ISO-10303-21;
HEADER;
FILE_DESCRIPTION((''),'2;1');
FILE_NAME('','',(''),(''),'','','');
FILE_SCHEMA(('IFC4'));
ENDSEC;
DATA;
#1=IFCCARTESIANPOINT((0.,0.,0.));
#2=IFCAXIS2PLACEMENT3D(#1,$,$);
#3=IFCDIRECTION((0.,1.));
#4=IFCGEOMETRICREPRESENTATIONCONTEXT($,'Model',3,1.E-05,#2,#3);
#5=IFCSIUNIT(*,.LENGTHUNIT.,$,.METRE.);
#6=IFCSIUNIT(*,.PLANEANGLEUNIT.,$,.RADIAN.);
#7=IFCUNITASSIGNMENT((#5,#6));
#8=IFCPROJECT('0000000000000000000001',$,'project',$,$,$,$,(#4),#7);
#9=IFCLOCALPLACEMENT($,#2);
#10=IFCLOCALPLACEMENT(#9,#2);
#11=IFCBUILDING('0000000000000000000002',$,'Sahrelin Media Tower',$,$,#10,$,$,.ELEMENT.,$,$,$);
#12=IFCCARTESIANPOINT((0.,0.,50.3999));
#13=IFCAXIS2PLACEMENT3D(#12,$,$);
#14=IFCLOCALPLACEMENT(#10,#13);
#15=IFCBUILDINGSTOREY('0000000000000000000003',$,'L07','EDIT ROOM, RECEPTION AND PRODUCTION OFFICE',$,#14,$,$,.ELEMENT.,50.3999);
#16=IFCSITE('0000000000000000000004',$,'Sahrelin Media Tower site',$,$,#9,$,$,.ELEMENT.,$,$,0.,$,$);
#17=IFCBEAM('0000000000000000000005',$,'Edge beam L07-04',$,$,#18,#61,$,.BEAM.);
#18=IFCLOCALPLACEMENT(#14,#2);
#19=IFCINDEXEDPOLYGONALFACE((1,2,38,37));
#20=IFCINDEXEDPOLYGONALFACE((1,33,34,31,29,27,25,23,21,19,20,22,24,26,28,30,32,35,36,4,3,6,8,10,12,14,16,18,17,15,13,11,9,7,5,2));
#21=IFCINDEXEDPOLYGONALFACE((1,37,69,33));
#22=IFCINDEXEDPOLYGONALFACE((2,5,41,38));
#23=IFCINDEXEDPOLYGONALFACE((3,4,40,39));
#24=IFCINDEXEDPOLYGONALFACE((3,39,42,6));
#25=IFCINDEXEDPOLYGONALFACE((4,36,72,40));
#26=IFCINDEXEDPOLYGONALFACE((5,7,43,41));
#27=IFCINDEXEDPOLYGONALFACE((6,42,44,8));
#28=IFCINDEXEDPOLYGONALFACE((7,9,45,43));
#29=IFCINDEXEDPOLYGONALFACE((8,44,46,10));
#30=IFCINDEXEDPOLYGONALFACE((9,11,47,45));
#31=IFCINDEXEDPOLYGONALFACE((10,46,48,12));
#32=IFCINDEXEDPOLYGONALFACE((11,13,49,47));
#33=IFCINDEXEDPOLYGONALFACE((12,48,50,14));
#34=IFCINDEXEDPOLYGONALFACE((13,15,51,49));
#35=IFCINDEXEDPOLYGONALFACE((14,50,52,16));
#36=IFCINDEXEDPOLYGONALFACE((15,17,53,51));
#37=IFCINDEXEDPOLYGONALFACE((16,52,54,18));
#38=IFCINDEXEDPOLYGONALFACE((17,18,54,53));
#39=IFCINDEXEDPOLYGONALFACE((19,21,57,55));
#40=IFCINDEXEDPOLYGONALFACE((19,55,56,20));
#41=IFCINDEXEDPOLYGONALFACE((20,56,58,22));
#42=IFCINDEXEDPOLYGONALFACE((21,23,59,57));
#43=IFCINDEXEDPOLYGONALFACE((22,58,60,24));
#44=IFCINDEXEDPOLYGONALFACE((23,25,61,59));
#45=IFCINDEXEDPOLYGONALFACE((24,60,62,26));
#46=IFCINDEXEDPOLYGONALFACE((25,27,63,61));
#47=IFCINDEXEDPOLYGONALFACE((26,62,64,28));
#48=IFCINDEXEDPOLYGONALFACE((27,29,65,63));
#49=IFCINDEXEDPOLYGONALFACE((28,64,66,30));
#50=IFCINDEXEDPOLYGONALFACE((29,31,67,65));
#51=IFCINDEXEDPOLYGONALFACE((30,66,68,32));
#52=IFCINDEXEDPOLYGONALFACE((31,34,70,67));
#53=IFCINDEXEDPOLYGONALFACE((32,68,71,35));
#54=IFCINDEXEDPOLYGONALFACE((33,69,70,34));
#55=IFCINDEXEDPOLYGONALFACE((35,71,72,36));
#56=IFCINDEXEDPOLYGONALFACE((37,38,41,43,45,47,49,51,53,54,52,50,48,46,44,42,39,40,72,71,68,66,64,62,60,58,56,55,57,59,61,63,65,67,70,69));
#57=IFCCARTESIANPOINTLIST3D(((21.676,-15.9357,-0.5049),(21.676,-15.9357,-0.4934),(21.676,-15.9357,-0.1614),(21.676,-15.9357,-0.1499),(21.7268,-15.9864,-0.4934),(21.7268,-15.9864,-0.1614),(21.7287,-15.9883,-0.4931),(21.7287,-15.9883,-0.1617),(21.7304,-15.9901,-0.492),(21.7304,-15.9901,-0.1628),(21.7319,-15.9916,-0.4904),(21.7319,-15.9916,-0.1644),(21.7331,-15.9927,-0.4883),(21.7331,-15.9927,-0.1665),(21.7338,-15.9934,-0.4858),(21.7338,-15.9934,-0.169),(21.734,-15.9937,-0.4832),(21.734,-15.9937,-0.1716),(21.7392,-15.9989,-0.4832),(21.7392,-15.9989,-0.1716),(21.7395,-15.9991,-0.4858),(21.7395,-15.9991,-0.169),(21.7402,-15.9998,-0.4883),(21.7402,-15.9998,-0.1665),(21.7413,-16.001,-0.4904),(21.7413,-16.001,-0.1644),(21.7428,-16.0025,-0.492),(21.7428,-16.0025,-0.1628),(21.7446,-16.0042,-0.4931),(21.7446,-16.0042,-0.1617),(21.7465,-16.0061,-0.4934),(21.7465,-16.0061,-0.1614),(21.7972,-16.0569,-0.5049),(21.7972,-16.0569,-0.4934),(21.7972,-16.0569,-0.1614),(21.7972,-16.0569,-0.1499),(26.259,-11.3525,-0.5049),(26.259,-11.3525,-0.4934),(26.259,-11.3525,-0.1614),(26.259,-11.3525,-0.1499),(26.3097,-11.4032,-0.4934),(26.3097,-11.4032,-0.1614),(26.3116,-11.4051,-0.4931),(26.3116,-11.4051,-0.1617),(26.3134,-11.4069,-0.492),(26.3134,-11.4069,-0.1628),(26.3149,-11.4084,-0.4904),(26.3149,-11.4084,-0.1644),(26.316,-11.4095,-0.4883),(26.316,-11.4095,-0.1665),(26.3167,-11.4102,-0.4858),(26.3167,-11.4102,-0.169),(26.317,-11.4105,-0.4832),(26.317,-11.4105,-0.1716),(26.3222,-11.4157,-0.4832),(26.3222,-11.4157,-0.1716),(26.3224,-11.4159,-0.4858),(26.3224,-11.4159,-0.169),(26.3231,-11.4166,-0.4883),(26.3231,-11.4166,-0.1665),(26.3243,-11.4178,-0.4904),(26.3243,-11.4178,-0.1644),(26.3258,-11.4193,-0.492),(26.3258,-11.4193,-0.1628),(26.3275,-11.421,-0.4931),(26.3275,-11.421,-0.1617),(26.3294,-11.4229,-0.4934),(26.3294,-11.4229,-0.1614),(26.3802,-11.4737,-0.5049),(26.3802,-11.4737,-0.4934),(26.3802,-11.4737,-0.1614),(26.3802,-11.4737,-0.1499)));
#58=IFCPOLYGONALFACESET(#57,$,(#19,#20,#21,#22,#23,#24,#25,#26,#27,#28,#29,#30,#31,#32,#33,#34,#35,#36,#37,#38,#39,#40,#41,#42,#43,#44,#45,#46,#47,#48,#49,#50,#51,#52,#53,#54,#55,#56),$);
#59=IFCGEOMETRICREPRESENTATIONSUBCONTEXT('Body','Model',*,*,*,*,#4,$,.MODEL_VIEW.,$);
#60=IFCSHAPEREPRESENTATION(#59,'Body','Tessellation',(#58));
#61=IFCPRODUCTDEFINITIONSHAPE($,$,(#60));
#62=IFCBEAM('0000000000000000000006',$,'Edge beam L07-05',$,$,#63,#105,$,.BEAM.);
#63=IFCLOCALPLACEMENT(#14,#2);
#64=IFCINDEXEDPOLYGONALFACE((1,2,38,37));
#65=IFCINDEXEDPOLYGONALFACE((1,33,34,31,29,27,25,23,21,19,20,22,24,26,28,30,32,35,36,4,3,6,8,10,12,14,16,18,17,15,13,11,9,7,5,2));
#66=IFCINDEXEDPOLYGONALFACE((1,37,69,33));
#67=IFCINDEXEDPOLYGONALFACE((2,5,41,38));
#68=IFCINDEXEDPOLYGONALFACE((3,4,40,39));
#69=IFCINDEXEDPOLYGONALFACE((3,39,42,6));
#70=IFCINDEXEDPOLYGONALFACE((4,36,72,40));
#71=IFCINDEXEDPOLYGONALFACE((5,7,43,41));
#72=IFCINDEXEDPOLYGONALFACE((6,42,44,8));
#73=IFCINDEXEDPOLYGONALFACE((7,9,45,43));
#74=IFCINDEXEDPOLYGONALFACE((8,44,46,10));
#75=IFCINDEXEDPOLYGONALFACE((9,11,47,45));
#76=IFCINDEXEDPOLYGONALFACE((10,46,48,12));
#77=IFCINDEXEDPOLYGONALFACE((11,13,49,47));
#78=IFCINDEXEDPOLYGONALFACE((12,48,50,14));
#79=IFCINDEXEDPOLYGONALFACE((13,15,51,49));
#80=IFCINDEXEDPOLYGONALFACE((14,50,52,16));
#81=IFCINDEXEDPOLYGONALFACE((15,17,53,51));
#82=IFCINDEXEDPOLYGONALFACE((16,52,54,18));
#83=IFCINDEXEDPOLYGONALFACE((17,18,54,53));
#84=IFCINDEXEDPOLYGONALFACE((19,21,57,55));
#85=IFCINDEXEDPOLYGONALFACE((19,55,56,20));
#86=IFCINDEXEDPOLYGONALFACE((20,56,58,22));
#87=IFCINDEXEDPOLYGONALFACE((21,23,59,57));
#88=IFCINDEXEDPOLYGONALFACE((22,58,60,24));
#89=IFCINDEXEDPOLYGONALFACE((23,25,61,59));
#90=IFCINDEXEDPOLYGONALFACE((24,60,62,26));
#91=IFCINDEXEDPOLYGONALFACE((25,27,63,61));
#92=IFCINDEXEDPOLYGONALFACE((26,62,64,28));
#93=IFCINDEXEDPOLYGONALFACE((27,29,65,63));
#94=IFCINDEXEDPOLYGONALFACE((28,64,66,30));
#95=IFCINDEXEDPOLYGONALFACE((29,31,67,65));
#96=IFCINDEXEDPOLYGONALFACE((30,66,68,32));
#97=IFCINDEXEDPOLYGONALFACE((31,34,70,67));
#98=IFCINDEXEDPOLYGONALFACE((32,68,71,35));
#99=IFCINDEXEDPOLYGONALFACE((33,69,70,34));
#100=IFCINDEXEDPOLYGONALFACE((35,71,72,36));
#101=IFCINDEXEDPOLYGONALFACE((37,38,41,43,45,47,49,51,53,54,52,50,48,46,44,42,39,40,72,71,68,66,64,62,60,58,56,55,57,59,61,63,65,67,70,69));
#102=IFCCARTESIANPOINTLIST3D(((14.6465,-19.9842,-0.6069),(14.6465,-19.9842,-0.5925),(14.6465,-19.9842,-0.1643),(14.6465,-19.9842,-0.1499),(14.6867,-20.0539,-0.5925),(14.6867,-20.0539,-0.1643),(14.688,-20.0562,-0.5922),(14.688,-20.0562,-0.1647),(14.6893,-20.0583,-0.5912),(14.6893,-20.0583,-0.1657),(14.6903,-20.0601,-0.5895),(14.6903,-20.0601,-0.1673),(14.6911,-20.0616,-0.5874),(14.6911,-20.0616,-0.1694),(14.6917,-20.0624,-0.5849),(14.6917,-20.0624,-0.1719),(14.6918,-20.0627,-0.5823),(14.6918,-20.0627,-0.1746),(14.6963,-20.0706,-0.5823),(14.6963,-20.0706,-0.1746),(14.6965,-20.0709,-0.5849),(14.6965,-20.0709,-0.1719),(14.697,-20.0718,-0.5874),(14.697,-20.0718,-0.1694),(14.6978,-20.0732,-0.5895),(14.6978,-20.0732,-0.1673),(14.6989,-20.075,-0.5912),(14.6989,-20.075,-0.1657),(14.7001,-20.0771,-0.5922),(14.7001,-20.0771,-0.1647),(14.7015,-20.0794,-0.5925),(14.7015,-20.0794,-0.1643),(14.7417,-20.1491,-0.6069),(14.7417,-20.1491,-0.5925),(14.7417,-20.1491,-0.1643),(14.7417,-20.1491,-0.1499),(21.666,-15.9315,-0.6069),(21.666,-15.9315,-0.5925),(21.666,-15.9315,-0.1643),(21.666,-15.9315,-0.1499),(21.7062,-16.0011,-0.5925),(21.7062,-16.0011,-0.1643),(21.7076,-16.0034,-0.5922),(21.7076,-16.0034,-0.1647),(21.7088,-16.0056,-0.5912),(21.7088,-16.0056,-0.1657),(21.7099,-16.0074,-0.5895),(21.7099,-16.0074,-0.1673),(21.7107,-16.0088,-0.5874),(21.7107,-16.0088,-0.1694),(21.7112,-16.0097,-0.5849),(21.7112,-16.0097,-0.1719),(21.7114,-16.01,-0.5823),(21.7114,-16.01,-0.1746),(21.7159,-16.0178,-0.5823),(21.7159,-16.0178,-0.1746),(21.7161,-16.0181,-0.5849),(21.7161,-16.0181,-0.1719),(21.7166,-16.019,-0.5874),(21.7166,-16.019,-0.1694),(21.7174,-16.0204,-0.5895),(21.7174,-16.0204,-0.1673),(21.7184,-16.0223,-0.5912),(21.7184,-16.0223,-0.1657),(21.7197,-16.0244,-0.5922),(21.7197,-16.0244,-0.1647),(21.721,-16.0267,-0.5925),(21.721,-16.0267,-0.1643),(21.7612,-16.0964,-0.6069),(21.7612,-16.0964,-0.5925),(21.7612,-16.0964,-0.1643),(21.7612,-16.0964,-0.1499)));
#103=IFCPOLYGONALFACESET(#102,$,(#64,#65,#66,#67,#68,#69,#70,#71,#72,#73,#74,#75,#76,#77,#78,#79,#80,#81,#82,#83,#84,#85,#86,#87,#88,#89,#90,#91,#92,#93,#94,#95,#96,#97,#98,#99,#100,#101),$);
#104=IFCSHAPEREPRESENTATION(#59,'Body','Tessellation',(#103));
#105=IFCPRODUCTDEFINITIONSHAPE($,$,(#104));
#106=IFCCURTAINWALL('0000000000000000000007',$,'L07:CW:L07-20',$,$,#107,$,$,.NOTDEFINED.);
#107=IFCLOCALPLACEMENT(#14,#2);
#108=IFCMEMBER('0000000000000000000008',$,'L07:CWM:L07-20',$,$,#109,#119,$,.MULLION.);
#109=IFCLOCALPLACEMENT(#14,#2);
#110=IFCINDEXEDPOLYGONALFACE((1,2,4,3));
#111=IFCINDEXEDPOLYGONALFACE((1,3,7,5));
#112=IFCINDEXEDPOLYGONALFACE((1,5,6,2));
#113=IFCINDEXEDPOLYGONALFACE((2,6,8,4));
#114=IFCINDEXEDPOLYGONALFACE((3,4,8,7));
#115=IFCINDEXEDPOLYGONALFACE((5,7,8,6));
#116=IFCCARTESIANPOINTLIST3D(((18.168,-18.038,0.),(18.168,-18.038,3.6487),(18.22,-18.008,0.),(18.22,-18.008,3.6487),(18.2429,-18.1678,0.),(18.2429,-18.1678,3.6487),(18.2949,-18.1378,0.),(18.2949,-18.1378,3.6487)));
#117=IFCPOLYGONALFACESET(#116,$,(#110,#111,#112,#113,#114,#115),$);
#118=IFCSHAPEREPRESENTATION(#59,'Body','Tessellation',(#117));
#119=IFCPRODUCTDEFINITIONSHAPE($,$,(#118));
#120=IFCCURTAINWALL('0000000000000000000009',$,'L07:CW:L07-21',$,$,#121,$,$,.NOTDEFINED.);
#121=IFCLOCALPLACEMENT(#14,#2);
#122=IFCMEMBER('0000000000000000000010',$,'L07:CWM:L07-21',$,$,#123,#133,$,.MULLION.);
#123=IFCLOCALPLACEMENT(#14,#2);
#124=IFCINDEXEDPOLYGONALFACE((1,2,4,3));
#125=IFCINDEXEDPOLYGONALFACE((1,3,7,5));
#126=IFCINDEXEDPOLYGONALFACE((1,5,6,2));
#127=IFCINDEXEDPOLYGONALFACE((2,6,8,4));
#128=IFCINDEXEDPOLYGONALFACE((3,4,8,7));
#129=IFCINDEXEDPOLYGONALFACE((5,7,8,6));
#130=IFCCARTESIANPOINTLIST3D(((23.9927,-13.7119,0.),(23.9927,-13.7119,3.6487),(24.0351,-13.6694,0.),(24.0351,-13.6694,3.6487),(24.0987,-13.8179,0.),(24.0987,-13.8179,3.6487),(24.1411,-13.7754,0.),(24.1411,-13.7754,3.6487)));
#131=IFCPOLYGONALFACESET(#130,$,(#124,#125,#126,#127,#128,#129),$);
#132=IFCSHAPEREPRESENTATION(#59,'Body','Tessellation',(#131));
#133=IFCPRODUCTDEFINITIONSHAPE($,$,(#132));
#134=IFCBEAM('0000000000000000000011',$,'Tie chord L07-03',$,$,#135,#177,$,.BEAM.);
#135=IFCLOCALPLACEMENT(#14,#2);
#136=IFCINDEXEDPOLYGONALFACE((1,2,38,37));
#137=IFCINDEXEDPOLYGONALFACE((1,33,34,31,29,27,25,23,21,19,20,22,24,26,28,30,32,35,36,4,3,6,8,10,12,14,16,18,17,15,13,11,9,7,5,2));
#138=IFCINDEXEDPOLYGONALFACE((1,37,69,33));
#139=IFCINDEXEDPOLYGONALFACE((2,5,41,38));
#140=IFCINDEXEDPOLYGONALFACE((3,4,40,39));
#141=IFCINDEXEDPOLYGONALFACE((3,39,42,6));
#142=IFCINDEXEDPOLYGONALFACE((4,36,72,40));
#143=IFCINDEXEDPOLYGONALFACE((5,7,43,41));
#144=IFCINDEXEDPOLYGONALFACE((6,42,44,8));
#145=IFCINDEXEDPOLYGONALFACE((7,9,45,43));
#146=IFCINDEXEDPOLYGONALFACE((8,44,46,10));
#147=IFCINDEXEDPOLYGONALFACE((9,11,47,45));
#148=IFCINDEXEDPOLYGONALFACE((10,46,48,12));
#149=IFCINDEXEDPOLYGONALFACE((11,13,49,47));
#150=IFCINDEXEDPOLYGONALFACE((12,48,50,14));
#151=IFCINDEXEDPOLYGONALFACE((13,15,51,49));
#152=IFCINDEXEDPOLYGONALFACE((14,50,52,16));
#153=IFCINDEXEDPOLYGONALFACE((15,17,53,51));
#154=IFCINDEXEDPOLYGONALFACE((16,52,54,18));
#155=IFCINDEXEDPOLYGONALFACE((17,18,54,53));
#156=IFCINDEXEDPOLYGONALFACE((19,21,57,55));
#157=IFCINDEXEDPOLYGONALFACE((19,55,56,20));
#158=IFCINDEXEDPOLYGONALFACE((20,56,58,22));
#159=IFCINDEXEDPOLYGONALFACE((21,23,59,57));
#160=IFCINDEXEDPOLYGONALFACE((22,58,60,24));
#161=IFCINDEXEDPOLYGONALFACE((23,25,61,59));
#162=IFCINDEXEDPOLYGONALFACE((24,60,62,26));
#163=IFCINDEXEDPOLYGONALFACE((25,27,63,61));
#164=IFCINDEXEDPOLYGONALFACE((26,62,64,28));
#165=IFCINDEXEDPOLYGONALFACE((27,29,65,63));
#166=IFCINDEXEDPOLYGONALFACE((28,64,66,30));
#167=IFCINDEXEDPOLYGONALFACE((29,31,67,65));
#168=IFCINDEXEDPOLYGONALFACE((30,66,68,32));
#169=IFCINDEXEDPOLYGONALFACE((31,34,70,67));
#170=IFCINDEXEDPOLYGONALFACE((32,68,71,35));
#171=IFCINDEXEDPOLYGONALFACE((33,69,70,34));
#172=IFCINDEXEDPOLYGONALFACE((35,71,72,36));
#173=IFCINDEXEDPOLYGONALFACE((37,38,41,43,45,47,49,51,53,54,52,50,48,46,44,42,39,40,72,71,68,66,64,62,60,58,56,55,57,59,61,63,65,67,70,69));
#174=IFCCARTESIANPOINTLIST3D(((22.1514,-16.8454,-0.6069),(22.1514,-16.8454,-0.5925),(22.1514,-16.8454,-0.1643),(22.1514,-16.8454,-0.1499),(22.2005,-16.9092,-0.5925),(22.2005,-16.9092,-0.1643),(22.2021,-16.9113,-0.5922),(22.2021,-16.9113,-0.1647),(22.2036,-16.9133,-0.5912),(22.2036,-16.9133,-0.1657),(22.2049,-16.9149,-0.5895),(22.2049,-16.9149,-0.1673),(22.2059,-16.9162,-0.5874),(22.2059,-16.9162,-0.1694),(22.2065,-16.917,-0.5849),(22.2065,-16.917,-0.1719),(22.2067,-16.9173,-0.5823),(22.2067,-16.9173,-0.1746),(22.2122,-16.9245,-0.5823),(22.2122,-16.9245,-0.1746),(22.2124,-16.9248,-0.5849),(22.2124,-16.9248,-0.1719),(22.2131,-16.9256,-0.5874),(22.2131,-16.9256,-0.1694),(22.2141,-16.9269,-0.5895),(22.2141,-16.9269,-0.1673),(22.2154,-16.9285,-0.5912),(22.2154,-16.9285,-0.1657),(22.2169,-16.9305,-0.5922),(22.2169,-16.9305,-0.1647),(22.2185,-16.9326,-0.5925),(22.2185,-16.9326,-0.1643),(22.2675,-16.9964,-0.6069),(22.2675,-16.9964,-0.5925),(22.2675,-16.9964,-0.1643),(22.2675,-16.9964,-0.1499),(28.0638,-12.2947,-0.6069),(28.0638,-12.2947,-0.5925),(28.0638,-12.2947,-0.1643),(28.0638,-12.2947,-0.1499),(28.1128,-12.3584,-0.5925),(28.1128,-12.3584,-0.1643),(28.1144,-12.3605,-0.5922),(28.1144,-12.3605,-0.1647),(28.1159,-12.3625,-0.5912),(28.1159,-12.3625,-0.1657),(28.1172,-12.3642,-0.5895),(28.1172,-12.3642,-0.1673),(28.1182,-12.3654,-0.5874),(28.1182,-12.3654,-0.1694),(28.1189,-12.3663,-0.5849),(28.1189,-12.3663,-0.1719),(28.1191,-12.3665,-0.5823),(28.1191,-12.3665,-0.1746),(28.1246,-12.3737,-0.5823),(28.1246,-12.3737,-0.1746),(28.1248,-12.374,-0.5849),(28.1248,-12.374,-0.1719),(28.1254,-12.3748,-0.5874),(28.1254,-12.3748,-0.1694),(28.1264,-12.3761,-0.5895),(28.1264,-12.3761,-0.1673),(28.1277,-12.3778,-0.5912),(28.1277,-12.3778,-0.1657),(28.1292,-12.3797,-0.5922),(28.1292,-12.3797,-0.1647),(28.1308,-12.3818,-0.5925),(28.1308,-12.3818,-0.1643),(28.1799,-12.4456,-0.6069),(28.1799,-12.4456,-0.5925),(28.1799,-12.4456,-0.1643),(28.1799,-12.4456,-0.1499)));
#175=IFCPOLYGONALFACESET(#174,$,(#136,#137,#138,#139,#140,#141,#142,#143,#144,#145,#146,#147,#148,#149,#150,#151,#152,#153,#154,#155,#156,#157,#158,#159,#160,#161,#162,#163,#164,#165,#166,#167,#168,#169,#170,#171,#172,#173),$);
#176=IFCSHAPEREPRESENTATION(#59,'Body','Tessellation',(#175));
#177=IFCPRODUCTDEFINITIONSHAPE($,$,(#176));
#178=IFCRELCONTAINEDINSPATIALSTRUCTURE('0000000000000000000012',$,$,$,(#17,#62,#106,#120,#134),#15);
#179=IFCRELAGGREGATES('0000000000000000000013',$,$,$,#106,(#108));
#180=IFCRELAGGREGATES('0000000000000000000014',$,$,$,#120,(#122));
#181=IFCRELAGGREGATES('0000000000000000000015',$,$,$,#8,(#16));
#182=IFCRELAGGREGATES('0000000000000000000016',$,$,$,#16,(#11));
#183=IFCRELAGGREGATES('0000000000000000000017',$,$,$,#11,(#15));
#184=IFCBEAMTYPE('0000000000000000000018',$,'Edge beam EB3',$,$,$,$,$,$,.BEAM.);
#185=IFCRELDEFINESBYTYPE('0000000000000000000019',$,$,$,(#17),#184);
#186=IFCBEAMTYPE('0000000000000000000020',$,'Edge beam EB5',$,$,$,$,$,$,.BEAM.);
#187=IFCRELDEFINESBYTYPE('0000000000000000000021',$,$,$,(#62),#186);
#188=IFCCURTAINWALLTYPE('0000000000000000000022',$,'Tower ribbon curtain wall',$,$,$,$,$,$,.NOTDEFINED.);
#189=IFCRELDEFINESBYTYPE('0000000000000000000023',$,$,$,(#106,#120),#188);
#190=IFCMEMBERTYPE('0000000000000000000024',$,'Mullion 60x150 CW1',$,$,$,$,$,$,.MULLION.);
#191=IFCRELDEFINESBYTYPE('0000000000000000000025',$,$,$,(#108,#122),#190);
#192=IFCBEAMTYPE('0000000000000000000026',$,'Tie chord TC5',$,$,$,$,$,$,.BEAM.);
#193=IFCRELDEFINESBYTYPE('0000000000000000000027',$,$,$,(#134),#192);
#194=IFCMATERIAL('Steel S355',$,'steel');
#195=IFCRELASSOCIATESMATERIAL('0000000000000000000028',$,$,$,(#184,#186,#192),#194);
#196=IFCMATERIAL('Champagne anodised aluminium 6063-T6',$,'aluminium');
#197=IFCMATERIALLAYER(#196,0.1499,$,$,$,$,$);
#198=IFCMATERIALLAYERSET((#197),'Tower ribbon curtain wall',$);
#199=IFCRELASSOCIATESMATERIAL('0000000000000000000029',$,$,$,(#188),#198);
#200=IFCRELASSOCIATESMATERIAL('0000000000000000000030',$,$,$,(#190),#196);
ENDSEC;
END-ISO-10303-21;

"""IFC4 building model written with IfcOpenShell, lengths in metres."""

from ifc_helpers import new_model, si_unit, direction, frame, origin, origin_2d, place, context, subcontext, project, spatial, rectangle, i_section, extrude, material, layer, layer_set, material_profile, profile_set, type_object, element, aggregate, save


model = new_model("IFC4")

# Units and contexts
model_context = context("Model", 3, precision=1e-05, world=origin(), true_north=direction((0.0, 1.0)))
body_context = subcontext(model_context, "Body", "Model", "MODEL_VIEW")
ifc_project = project(units=[si_unit("LENGTHUNIT", "METRE"), si_unit("PLANEANGLEUNIT", "RADIAN")], contexts=[model_context])

# Site, building, storey
site_placement = place(None, origin())
site = spatial("IfcSite", under=ifc_project, at=site_placement, Name="Sahrelin Media Tower site", CompositionType="ELEMENT", RefElevation=0.0)
building_placement = place(site_placement, origin())
building = spatial("IfcBuilding", under=site, at=building_placement, Name="Sahrelin Media Tower", CompositionType="ELEMENT")
storey_placement = place(building_placement, frame((0.0, 0.0, 50.3999)))
storey = spatial("IfcBuildingStorey", under=building, at=storey_placement, Name="L07", Description="EDIT ROOM, RECEPTION AND PRODUCTION OFFICE", CompositionType="ELEMENT", Elevation=50.3999)

# Beams
ifc_material_1 = material(Name="Steel S355", Category="steel")
ifc_material_profile_1 = material_profile(ifc_material_1, i_section(OverallWidth=0.1714, OverallDepth=0.355, WebThickness=0.0073, FlangeThickness=0.0115, FilletRadius=0.0103, at=origin_2d()), Name="UB 356x171x51")
ifc_profile_set_1 = profile_set([ifc_material_profile_1], Name="Steel S355")
beam_type_1 = type_object("IfcBeamType", Name="Edge beam EB3", PredefinedType="BEAM", material=ifc_profile_set_1)
beam_1_placement = place(storey_placement, frame((26.3196, -11.4131, -0.3274), z_axis=(-0.707088, -0.707126, 0.0), x_axis=(0.707126, -0.707088, 0.0)))
element("IfcBeam", 1, at=beam_1_placement, inside=storey, type_object=beam_type_1, Name="Edge beam L07-04", PredefinedType="BEAM", context=body_context, shape_type="SweptSolid", body=[
    extrude(i_section(OverallWidth=0.1714, OverallDepth=0.355, WebThickness=0.0073, FlangeThickness=0.0115, FilletRadius=0.0103, at=origin_2d()), origin(), (0.0, 0.0, 1.0), 6.4814),
])
ifc_material_profile_2 = material_profile(ifc_material_1, i_section(OverallWidth=0.1904, OverallDepth=0.457, WebThickness=0.009, FlangeThickness=0.0144, FilletRadius=0.0103, at=origin_2d()), Name="UB 457x191x74")
ifc_profile_set_2 = profile_set([ifc_material_profile_2], Name="Steel S355")
beam_type_2 = type_object("IfcBeamType", Name="Edge beam EB5", PredefinedType="BEAM", material=ifc_profile_set_2)
beam_2_placement = place(storey_placement, frame((21.7136, -16.0139, -0.3784), z_axis=(-0.866025, -0.500001, 0.0), x_axis=(0.500001, -0.866025, 0.0)))
element("IfcBeam", 2, at=beam_2_placement, inside=storey, type_object=beam_type_2, Name="Edge beam L07-05", PredefinedType="BEAM", context=body_context, shape_type="SweptSolid", body=[
    extrude(i_section(OverallWidth=0.1904, OverallDepth=0.457, WebThickness=0.009, FlangeThickness=0.0144, FilletRadius=0.0103, at=origin_2d()), origin(), (0.0, 0.0, 1.0), 8.1055),
])

# Curtain walls, members
ifc_material_2 = material(Name="Champagne anodised aluminium 6063-T6", Category="aluminium")
ifc_layer_1 = layer(ifc_material_2, 0.1499)
ifc_layer_set_1 = layer_set([ifc_layer_1], Name="Tower ribbon curtain wall")
curtain_wall_type = type_object("IfcCurtainWallType", Name="Tower ribbon curtain wall", PredefinedType="NOTDEFINED", material=ifc_layer_set_1)
curtain_wall_1_placement = place(storey_placement, frame((18.2788, -18.1702, 0.0), z_axis=(0.0, 0.0, 1.0), x_axis=(1.0, 0.0, 0.0)))
curtain_wall_1 = element("IfcCurtainWall", 3, at=curtain_wall_1_placement, inside=storey, type_object=curtain_wall_type, Name="L07:CW:L07-20", PredefinedType="NOTDEFINED")
ifc_material_profile_3 = material_profile(ifc_material_2, rectangle(XDim=0.0601, YDim=0.1499, at=origin_2d()), Name="Mullion 60x150")
ifc_profile_set_3 = profile_set([ifc_material_profile_3], Name="Champagne anodised aluminium 6063-T6")
member_type_1 = type_object("IfcMemberType", Name="Mullion 60x150 CW1", PredefinedType="MULLION", material=ifc_profile_set_3)
member_1_placement = place(storey_placement, frame((18.2314, -18.0879, 0.0), z_axis=(0.0, 0.0, 1.0), x_axis=(0.866025, 0.5, 0.0)))
member_1 = element("IfcMember", 4, at=member_1_placement, type_object=member_type_1, Name="L07:CWM:L07-20", PredefinedType="MULLION", context=body_context, shape_type="SweptSolid", body=[
    extrude(rectangle(XDim=0.0601, YDim=0.1499, at=origin_2d()), origin(), (0.0, 0.0, 1.0), 3.6487),
])
curtain_wall_2_placement = place(storey_placement, frame((24.134, -13.8108, 0.0), z_axis=(0.0, 0.0, 1.0), x_axis=(1.0, 0.0, 0.0)))
curtain_wall_2 = element("IfcCurtainWall", 5, at=curtain_wall_2_placement, inside=storey, type_object=curtain_wall_type, Name="L07:CW:L07-21", PredefinedType="NOTDEFINED")
member_2_placement = place(storey_placement, frame((24.0669, -13.7437, 0.0), z_axis=(0.0, 0.0, 1.0), x_axis=(0.707107, 0.707107, 0.0)))
member_2 = element("IfcMember", 6, at=member_2_placement, type_object=member_type_1, Name="L07:CWM:L07-21", PredefinedType="MULLION", context=body_context, shape_type="SweptSolid", body=[
    extrude(rectangle(XDim=0.0601, YDim=0.1499, at=origin_2d()), origin(), (0.0, 0.0, 1.0), 3.6487),
])

# Beam
ifc_material_profile_4 = material_profile(ifc_material_1, i_section(OverallWidth=0.1904, OverallDepth=0.457, WebThickness=0.009, FlangeThickness=0.0144, FilletRadius=0.0103, at=origin_2d()), Name="UB 457x191x74")
ifc_profile_set_4 = profile_set([ifc_material_profile_4], Name="Steel S355")
beam_type_3 = type_object("IfcBeamType", Name="Tie chord TC5", PredefinedType="BEAM", material=ifc_profile_set_4)
beam_3_placement = place(storey_placement, frame((28.1218, -12.3701, -0.3784), z_axis=(-0.792441, -0.609948, 0.0), x_axis=(0.609948, -0.792441, 0.0)))
element("IfcBeam", 7, at=beam_3_placement, inside=storey, type_object=beam_type_3, Name="Tie chord L07-03", PredefinedType="BEAM", context=body_context, shape_type="SweptSolid", body=[
    extrude(i_section(OverallWidth=0.1904, OverallDepth=0.457, WebThickness=0.009, FlangeThickness=0.0144, FilletRadius=0.0103, at=origin_2d()), origin(), (0.0, 0.0, 1.0), 7.4609),
])

aggregate(curtain_wall_1, [member_1])
aggregate(curtain_wall_2, [member_2])

save(model, "model.ifc")
